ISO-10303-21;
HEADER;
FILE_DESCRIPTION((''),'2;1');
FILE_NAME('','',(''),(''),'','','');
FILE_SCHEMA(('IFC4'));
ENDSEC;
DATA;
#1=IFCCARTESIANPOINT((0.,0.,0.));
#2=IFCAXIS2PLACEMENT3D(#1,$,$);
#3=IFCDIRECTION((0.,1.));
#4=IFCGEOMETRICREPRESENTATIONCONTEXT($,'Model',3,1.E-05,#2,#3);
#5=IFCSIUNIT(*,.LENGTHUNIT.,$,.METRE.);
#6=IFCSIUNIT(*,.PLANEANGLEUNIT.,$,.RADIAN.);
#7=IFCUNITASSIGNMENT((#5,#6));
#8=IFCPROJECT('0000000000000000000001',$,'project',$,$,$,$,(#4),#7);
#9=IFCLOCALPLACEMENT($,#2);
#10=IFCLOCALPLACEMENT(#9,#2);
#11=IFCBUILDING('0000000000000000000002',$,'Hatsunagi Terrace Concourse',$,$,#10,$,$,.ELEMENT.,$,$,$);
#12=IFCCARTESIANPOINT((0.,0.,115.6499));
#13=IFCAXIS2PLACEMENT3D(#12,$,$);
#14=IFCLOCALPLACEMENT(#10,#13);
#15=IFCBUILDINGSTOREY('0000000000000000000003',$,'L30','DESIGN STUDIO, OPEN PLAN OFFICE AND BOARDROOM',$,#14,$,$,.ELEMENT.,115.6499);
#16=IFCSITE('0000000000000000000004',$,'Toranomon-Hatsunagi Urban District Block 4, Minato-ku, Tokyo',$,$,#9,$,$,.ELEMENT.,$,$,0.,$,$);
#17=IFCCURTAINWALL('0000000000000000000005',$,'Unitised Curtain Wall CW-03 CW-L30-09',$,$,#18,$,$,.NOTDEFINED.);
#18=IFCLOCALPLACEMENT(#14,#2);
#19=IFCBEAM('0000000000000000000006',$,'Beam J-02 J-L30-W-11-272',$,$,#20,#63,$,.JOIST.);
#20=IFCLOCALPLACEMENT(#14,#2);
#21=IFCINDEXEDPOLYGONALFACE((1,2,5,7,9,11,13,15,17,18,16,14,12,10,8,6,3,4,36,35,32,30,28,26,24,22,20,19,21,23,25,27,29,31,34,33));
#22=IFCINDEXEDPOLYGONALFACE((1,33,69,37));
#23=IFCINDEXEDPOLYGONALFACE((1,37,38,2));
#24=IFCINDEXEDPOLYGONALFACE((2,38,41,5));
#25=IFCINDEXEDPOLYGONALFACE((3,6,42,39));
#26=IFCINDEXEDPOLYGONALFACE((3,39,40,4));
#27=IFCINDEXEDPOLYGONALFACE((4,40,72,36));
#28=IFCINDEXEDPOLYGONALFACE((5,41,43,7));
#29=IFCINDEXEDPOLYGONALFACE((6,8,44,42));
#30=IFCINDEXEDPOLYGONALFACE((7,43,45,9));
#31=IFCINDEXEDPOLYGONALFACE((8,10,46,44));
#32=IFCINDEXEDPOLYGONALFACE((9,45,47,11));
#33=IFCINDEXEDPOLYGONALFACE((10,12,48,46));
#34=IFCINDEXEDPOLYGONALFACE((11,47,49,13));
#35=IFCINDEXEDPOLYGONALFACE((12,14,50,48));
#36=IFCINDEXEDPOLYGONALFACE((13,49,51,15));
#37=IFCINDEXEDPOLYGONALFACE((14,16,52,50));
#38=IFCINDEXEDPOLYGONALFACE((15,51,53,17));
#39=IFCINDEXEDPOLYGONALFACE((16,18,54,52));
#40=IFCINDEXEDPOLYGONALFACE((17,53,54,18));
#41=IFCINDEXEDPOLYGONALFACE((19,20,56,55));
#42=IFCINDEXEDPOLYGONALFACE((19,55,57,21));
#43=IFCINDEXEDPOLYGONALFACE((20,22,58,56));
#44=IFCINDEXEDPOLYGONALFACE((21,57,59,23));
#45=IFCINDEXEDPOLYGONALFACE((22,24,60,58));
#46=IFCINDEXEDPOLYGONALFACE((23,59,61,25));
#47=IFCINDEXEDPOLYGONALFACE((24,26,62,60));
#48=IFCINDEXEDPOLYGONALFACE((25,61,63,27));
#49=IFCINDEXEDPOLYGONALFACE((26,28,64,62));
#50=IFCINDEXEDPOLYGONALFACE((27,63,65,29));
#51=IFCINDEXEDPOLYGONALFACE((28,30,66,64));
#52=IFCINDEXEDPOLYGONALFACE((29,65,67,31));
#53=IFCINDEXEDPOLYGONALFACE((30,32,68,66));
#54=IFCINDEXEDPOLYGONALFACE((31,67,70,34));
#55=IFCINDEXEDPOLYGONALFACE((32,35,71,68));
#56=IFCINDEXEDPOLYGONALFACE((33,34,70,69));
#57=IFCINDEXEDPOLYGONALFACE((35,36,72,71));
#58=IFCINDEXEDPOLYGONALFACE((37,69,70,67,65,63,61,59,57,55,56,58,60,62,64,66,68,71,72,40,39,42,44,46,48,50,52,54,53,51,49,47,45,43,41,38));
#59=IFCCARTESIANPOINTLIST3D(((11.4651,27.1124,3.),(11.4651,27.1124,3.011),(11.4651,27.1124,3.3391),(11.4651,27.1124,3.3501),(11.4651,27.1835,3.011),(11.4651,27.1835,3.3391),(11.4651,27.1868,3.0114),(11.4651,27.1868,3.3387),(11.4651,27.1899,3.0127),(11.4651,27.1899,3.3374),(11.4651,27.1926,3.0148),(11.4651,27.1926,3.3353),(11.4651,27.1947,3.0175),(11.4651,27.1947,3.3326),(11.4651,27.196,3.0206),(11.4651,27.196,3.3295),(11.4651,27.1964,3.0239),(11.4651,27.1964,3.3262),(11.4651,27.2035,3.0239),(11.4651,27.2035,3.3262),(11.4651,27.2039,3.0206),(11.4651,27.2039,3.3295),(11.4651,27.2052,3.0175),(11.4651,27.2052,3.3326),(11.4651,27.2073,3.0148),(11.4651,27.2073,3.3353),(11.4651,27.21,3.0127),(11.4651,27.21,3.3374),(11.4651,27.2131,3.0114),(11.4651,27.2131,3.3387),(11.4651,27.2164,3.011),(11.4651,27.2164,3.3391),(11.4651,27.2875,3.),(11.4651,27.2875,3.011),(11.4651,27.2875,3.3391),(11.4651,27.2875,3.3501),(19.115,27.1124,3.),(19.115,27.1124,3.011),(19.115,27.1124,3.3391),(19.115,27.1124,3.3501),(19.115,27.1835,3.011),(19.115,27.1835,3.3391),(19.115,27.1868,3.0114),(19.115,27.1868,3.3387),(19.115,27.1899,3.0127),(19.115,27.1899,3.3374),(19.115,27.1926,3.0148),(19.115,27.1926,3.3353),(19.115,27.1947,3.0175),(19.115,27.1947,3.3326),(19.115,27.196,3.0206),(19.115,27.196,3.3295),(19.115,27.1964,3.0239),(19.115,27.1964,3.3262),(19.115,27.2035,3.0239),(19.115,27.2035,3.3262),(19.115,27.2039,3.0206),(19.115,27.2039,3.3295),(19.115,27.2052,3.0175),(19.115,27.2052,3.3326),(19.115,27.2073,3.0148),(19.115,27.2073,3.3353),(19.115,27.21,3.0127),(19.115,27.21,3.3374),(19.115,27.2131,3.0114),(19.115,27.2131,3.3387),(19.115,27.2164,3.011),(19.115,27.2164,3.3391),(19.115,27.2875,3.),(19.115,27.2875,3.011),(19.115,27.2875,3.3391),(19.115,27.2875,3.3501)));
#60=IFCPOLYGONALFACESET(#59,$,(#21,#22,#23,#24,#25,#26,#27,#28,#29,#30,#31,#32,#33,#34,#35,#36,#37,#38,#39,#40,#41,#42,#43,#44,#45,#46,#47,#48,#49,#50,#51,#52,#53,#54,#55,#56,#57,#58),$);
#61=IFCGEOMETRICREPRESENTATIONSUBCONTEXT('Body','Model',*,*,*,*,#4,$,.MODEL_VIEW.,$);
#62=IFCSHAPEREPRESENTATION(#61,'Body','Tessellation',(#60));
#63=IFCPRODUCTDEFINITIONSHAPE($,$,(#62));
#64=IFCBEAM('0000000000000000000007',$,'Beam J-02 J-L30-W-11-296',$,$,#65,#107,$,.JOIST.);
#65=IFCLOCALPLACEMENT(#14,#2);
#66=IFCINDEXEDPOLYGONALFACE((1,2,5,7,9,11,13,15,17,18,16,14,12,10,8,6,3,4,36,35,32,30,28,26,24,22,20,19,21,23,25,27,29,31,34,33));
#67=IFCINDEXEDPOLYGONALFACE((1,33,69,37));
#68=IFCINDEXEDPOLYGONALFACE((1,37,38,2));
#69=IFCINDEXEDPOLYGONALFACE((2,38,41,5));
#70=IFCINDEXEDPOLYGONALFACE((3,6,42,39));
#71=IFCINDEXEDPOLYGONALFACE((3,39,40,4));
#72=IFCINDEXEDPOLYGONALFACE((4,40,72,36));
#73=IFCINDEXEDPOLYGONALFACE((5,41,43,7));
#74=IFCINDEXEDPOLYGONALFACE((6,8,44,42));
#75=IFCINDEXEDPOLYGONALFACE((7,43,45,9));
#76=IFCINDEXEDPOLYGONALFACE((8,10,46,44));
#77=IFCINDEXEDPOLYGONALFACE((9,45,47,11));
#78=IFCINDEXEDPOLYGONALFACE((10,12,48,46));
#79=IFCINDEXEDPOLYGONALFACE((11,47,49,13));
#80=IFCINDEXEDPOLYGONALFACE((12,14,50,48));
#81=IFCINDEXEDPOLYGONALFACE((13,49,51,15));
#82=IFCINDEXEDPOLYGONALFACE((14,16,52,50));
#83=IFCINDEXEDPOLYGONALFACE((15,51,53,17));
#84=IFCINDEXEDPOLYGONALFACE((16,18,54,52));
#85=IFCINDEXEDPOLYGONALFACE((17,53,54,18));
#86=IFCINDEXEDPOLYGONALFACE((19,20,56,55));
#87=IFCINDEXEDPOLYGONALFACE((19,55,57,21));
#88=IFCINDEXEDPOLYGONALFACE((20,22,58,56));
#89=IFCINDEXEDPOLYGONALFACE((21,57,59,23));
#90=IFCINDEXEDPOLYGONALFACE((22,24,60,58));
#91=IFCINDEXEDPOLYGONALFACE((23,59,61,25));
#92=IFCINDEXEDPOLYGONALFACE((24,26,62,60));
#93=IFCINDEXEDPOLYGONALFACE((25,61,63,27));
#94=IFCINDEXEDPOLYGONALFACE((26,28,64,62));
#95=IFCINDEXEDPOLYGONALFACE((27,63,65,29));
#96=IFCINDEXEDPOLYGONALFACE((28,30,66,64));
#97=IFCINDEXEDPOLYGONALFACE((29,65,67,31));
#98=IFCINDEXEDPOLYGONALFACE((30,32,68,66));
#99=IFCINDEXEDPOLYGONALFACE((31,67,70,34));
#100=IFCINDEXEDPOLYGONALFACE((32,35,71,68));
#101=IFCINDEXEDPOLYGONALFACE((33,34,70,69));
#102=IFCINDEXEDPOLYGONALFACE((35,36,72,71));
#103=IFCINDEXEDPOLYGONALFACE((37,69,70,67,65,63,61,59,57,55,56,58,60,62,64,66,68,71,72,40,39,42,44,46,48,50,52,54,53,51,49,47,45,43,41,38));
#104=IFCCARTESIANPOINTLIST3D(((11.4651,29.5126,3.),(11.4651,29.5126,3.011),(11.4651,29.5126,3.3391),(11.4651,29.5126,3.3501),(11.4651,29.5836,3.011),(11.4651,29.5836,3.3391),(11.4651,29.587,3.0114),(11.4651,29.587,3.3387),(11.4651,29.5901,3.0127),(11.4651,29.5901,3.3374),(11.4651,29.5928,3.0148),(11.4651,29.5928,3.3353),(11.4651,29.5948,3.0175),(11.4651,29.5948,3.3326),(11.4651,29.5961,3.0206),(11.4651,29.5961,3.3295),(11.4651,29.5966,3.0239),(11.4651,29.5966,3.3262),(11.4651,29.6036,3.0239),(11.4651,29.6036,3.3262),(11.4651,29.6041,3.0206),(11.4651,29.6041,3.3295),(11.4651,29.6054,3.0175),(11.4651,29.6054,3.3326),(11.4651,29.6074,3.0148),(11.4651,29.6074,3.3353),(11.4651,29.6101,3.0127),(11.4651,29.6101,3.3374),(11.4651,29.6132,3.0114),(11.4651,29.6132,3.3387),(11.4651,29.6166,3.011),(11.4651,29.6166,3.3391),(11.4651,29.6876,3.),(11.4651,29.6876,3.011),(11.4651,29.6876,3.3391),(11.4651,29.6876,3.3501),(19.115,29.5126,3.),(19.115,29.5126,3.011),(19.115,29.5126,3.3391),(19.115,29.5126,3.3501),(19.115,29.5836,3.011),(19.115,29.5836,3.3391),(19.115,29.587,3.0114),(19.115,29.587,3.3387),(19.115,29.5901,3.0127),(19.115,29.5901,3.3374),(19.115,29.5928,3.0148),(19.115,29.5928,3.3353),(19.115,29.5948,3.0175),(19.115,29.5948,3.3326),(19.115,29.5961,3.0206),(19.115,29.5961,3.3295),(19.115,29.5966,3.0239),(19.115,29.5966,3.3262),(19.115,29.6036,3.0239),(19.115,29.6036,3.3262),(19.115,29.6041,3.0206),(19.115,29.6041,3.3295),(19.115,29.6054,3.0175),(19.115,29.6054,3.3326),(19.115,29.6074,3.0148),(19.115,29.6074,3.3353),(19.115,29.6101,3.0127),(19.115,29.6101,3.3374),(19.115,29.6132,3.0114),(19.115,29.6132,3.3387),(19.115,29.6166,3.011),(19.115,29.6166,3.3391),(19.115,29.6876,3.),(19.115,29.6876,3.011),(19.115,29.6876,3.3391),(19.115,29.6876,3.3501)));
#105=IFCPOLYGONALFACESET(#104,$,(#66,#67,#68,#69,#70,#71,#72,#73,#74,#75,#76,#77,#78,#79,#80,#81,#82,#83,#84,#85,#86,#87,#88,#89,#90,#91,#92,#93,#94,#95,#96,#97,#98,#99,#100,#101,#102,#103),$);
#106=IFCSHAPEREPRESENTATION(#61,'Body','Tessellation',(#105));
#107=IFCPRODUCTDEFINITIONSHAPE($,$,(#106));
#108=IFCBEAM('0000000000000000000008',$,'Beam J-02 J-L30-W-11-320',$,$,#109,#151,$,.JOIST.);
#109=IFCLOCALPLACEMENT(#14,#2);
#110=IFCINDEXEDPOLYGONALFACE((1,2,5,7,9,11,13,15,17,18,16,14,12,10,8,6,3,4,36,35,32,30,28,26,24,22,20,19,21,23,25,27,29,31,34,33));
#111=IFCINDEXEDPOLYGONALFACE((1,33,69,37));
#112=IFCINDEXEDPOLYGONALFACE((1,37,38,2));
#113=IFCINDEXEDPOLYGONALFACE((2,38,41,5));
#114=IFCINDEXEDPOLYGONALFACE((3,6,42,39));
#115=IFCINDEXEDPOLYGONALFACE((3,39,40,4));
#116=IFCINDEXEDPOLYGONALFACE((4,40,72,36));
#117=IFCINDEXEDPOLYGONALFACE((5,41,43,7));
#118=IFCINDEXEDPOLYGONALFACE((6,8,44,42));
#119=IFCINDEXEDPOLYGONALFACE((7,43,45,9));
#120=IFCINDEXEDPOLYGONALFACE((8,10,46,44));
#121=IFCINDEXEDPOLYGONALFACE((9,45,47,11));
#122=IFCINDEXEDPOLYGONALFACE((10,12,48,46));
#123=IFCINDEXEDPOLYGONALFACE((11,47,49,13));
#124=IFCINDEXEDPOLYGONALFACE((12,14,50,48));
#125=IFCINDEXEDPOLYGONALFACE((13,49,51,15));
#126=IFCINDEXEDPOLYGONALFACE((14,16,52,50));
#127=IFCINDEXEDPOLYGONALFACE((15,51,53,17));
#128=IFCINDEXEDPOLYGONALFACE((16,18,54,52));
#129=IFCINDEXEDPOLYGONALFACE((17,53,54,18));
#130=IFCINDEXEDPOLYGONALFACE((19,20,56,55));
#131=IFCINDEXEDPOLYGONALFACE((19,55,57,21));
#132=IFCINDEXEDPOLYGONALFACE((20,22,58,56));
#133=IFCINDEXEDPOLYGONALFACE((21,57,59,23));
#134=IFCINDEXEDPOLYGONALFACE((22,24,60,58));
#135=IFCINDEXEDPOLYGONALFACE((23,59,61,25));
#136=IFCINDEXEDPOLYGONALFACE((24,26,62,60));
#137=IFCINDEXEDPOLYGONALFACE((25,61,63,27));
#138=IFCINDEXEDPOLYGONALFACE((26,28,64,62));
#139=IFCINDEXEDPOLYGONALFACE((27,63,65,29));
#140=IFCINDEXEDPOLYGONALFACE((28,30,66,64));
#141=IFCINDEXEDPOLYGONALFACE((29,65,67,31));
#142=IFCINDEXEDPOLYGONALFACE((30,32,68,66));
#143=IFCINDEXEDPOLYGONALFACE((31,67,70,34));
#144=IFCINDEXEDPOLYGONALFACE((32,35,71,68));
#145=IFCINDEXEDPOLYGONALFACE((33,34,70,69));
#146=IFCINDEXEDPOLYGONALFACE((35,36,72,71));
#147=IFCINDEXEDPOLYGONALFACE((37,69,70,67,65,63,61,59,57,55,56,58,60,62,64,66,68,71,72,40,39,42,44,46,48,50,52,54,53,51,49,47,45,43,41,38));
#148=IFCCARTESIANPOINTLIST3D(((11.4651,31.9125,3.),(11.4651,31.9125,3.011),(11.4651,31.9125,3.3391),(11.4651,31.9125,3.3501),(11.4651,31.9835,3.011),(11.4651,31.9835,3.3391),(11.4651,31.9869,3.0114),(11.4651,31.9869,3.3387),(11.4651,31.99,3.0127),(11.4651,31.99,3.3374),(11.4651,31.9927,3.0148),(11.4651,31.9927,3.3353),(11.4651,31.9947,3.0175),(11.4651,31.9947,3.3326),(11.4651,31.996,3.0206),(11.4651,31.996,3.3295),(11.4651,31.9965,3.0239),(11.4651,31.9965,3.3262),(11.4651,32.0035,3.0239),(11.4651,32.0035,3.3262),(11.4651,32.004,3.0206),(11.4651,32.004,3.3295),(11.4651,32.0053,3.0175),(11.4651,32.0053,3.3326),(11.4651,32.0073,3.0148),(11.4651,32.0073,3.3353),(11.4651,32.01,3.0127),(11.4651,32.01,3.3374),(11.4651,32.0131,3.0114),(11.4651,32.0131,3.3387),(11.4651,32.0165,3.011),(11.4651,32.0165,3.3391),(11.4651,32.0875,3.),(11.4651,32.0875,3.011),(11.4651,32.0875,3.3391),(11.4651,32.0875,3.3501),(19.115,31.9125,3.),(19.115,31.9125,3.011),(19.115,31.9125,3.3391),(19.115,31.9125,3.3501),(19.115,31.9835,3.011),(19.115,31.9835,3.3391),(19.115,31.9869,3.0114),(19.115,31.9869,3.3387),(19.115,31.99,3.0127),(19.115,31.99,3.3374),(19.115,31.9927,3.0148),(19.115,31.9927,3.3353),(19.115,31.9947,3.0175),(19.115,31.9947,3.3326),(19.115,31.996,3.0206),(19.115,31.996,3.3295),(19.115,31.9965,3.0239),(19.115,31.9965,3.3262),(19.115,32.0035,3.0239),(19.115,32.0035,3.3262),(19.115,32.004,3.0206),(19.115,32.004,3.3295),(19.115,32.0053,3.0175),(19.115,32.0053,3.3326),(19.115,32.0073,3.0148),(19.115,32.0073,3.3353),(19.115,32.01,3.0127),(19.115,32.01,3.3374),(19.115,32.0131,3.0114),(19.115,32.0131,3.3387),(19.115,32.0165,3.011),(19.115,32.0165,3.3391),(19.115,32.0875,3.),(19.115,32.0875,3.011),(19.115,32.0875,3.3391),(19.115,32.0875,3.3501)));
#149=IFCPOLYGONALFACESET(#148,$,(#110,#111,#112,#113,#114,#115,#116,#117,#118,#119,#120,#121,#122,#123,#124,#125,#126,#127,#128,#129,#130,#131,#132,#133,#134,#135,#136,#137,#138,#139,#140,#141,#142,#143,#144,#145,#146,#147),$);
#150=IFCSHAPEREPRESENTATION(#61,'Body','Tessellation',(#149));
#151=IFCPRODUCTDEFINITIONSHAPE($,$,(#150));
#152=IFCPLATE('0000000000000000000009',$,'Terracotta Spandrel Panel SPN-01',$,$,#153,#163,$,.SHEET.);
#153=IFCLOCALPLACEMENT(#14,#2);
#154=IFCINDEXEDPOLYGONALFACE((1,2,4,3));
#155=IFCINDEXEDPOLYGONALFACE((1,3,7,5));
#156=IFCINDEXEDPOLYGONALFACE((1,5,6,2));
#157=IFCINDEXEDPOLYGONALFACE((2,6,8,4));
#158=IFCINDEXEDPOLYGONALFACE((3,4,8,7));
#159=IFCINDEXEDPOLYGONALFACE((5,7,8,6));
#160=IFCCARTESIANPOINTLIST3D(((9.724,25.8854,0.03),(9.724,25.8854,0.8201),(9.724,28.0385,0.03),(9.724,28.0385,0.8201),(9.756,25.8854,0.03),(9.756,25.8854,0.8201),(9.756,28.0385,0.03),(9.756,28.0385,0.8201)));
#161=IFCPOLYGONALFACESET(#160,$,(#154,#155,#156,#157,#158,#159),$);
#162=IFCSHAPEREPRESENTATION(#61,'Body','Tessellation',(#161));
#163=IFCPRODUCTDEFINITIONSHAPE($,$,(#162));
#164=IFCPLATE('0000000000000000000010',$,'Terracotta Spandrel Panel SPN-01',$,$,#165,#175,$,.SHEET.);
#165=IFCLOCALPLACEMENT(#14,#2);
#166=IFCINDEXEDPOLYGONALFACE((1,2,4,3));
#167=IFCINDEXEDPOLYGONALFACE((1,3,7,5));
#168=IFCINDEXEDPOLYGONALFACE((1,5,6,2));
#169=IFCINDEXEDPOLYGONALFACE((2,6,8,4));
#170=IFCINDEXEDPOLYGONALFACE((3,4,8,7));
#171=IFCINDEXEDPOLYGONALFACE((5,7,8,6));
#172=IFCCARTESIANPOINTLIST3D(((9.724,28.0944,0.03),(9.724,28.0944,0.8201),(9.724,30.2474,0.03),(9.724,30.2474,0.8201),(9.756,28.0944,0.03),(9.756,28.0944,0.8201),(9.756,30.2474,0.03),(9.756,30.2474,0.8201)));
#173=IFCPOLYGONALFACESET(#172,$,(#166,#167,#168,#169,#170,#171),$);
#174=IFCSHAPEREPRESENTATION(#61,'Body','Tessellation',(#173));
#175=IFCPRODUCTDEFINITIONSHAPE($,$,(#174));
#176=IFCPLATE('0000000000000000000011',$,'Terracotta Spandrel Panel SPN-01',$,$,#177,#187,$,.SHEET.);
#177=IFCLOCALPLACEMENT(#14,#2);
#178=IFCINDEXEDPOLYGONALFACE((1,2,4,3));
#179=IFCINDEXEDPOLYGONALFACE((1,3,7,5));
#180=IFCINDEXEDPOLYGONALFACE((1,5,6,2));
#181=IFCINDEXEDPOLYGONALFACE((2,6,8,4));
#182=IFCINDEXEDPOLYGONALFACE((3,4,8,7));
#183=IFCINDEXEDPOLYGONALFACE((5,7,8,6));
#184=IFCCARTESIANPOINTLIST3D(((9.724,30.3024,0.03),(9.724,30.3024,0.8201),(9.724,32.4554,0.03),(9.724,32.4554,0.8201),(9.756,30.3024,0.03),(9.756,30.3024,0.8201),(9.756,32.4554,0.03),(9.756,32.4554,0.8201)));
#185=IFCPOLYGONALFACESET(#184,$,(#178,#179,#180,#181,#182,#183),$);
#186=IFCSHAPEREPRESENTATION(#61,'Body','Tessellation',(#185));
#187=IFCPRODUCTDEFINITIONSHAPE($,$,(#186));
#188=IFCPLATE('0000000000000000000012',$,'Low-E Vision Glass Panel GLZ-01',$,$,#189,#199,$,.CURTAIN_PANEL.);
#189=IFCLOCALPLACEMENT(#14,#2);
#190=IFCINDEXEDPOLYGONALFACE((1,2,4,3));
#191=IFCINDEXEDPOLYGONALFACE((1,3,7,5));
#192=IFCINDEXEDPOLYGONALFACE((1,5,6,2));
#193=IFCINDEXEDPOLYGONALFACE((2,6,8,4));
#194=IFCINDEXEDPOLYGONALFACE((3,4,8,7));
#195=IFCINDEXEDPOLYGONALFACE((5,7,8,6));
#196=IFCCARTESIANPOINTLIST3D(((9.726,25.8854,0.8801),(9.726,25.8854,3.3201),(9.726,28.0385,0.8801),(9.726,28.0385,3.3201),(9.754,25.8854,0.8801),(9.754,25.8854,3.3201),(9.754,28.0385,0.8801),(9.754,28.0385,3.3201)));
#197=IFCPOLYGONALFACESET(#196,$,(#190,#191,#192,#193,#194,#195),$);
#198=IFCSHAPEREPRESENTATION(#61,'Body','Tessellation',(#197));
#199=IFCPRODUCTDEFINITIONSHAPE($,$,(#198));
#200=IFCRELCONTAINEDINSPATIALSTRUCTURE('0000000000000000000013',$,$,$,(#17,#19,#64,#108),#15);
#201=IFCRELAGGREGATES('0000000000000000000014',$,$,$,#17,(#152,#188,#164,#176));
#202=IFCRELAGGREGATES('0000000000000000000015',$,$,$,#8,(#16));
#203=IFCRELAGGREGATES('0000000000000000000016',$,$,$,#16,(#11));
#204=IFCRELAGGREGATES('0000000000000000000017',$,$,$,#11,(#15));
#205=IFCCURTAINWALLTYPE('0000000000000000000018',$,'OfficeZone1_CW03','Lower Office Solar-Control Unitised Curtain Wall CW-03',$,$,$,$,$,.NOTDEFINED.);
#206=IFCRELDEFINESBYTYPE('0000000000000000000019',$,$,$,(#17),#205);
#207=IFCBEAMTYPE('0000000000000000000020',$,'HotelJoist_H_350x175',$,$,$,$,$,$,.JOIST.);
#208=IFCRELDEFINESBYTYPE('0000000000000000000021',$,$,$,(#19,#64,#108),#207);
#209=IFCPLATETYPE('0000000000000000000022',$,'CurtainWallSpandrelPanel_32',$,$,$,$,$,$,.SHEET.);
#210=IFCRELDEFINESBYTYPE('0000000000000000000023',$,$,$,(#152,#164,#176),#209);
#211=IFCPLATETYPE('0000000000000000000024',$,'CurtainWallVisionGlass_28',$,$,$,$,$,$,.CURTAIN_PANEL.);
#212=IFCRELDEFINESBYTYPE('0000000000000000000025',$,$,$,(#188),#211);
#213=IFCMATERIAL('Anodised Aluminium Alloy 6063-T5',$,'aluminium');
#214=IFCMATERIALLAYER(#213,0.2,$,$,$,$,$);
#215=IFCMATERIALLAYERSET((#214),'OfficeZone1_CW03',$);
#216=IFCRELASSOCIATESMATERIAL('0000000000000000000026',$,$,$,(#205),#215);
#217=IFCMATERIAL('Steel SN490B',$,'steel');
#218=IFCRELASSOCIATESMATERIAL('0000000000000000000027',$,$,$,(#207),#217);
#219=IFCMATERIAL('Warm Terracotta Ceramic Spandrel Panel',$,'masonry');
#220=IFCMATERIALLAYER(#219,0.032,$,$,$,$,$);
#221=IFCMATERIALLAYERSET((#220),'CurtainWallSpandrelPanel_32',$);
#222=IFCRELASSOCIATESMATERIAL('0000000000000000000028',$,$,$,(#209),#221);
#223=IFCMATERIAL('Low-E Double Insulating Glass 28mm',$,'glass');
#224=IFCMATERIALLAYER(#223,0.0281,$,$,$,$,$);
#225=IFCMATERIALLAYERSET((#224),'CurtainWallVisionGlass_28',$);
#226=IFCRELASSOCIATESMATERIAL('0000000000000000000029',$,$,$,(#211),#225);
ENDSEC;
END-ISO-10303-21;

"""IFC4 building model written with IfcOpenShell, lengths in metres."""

from ifc_helpers import new_model, si_unit, direction, frame, origin, origin_2d, place, context, subcontext, project, spatial, rectangle, i_section, extrude, material, layer, layer_set, material_profile, profile_set, type_object, element, aggregate, save


model = new_model("IFC4")

# Units and contexts
model_context = context("Model", 3, precision=1e-05, world=origin(), true_north=direction((0.0, 1.0)))
body_context = subcontext(model_context, "Body", "Model", "MODEL_VIEW")
ifc_project = project(units=[si_unit("LENGTHUNIT", "METRE"), si_unit("PLANEANGLEUNIT", "RADIAN")], contexts=[model_context])

# Site, building, storey
site_placement = place(None, origin())
site = spatial("IfcSite", under=ifc_project, at=site_placement, Name="Toranomon-Hatsunagi Urban District Block 4, Minato-ku, Tokyo", CompositionType="ELEMENT", RefElevation=0.0)
building_placement = place(site_placement, origin())
building = spatial("IfcBuilding", under=site, at=building_placement, Name="Hatsunagi Terrace Concourse", CompositionType="ELEMENT")
storey_placement = place(building_placement, frame((0.0, 0.0, 115.6499)))
storey = spatial("IfcBuildingStorey", under=building, at=storey_placement, Name="L30", Description="DESIGN STUDIO, OPEN PLAN OFFICE AND BOARDROOM", CompositionType="ELEMENT", Elevation=115.6499)

# Curtain wall
ifc_material_1 = material(Name="Anodised Aluminium Alloy 6063-T5", Category="aluminium")
ifc_layer_1 = layer(ifc_material_1, 0.2)
ifc_layer_set_1 = layer_set([ifc_layer_1], Name="OfficeZone1_CW03")
curtain_wall_type = type_object("IfcCurtainWallType", Name="OfficeZone1_CW03", Description="Lower Office Solar-Control Unitised Curtain Wall CW-03", PredefinedType="NOTDEFINED", material=ifc_layer_set_1)
curtain_wall_placement = place(storey_placement, origin())
curtain_wall = element("IfcCurtainWall", 1, at=curtain_wall_placement, inside=storey, type_object=curtain_wall_type, Name="Unitised Curtain Wall CW-03 CW-L30-09", PredefinedType="NOTDEFINED")

# Beams
ifc_material_2 = material(Name="Steel SN490B", Category="steel")
ifc_material_profile_1 = material_profile(ifc_material_2, i_section(OverallWidth=0.175, OverallDepth=0.3501, WebThickness=0.0071, FlangeThickness=0.011, FilletRadius=0.0129, at=origin_2d()), Name="H-350x175x7x11")
ifc_profile_set_1 = profile_set([ifc_material_profile_1], Name="Steel SN490B")
beam_type = type_object("IfcBeamType", Name="HotelJoist_H_350x175", PredefinedType="JOIST", material=ifc_profile_set_1)
for number, where, z_axis, x_axis, name in (
    (2, (11.4651, 27.2, 3.175), (1.0, 0.0, 0.0), (0.0, 1.0, 0.0), "Beam J-02 J-L30-W-11-272"),
    (3, (11.4651, 29.6001, 3.175), (1.0, 0.0, 0.0), (0.0, 1.0, 0.0), "Beam J-02 J-L30-W-11-296"),
    (4, (11.4651, 32.0, 3.175), (1.0, 0.0, 0.0), (0.0, 1.0, 0.0), "Beam J-02 J-L30-W-11-320"),
):
    element("IfcBeam", number, at=place(storey_placement, frame(where, z_axis=z_axis, x_axis=x_axis)), inside=storey, type_object=beam_type, Name=name, PredefinedType="JOIST", context=body_context, shape_type="SweptSolid", body=[
        extrude(i_section(OverallWidth=0.175, OverallDepth=0.3501, WebThickness=0.0071, FlangeThickness=0.011, FilletRadius=0.0129, at=origin_2d()), origin(), (0.0, 0.0, 1.0), 7.6499),
    ])

# Plates
ifc_material_3 = material(Name="Warm Terracotta Ceramic Spandrel Panel", Category="masonry")
ifc_layer_2 = layer(ifc_material_3, 0.032)
ifc_layer_set_2 = layer_set([ifc_layer_2], Name="CurtainWallSpandrelPanel_32")
plate_type_1 = type_object("IfcPlateType", Name="CurtainWallSpandrelPanel_32", PredefinedType="SHEET", material=ifc_layer_set_2)
plate_1_placement = place(storey_placement, frame((9.74, 26.9619, 0.03), z_axis=(0.0, 0.0, 1.0), x_axis=(0.0, 1.0, 0.0)))
plate_1 = element("IfcPlate", 5, at=plate_1_placement, type_object=plate_type_1, Name="Terracotta Spandrel Panel SPN-01", PredefinedType="SHEET", context=body_context, shape_type="SweptSolid", body=[
    extrude(rectangle(XDim=2.1531, YDim=0.032, at=origin_2d()), origin(), (0.0, 0.0, 1.0), 0.79),
])
plate_2_placement = place(storey_placement, frame((9.74, 29.1709, 0.03), z_axis=(0.0, 0.0, 1.0), x_axis=(0.0, 1.0, 0.0)))
plate_2 = element("IfcPlate", 6, at=plate_2_placement, type_object=plate_type_1, Name="Terracotta Spandrel Panel SPN-01", PredefinedType="SHEET", context=body_context, shape_type="SweptSolid", body=[
    extrude(rectangle(XDim=2.1531, YDim=0.032, at=origin_2d()), origin(), (0.0, 0.0, 1.0), 0.79),
])
plate_3_placement = place(storey_placement, frame((9.74, 31.3789, 0.03), z_axis=(0.0, 0.0, 1.0), x_axis=(0.0, 1.0, 0.0)))
plate_3 = element("IfcPlate", 7, at=plate_3_placement, type_object=plate_type_1, Name="Terracotta Spandrel Panel SPN-01", PredefinedType="SHEET", context=body_context, shape_type="SweptSolid", body=[
    extrude(rectangle(XDim=2.1531, YDim=0.032, at=origin_2d()), origin(), (0.0, 0.0, 1.0), 0.79),
])
ifc_material_4 = material(Name="Low-E Double Insulating Glass 28mm", Category="glass")
ifc_layer_3 = layer(ifc_material_4, 0.0281)
ifc_layer_set_3 = layer_set([ifc_layer_3], Name="CurtainWallVisionGlass_28")
plate_type_2 = type_object("IfcPlateType", Name="CurtainWallVisionGlass_28", PredefinedType="CURTAIN_PANEL", material=ifc_layer_set_3)
plate_4_placement = place(storey_placement, frame((9.74, 26.9619, 0.8801), z_axis=(0.0, 0.0, 1.0), x_axis=(0.0, 1.0, 0.0)))
plate_4 = element("IfcPlate", 8, at=plate_4_placement, type_object=plate_type_2, Name="Low-E Vision Glass Panel GLZ-01", PredefinedType="CURTAIN_PANEL", context=body_context, shape_type="SweptSolid", body=[
    extrude(rectangle(XDim=2.1531, YDim=0.0281, at=origin_2d()), origin(), (0.0, 0.0, 1.0), 2.4399),
])
aggregate(curtain_wall, [plate_1, plate_4, plate_2, plate_3])

save(model, "model.ifc")
